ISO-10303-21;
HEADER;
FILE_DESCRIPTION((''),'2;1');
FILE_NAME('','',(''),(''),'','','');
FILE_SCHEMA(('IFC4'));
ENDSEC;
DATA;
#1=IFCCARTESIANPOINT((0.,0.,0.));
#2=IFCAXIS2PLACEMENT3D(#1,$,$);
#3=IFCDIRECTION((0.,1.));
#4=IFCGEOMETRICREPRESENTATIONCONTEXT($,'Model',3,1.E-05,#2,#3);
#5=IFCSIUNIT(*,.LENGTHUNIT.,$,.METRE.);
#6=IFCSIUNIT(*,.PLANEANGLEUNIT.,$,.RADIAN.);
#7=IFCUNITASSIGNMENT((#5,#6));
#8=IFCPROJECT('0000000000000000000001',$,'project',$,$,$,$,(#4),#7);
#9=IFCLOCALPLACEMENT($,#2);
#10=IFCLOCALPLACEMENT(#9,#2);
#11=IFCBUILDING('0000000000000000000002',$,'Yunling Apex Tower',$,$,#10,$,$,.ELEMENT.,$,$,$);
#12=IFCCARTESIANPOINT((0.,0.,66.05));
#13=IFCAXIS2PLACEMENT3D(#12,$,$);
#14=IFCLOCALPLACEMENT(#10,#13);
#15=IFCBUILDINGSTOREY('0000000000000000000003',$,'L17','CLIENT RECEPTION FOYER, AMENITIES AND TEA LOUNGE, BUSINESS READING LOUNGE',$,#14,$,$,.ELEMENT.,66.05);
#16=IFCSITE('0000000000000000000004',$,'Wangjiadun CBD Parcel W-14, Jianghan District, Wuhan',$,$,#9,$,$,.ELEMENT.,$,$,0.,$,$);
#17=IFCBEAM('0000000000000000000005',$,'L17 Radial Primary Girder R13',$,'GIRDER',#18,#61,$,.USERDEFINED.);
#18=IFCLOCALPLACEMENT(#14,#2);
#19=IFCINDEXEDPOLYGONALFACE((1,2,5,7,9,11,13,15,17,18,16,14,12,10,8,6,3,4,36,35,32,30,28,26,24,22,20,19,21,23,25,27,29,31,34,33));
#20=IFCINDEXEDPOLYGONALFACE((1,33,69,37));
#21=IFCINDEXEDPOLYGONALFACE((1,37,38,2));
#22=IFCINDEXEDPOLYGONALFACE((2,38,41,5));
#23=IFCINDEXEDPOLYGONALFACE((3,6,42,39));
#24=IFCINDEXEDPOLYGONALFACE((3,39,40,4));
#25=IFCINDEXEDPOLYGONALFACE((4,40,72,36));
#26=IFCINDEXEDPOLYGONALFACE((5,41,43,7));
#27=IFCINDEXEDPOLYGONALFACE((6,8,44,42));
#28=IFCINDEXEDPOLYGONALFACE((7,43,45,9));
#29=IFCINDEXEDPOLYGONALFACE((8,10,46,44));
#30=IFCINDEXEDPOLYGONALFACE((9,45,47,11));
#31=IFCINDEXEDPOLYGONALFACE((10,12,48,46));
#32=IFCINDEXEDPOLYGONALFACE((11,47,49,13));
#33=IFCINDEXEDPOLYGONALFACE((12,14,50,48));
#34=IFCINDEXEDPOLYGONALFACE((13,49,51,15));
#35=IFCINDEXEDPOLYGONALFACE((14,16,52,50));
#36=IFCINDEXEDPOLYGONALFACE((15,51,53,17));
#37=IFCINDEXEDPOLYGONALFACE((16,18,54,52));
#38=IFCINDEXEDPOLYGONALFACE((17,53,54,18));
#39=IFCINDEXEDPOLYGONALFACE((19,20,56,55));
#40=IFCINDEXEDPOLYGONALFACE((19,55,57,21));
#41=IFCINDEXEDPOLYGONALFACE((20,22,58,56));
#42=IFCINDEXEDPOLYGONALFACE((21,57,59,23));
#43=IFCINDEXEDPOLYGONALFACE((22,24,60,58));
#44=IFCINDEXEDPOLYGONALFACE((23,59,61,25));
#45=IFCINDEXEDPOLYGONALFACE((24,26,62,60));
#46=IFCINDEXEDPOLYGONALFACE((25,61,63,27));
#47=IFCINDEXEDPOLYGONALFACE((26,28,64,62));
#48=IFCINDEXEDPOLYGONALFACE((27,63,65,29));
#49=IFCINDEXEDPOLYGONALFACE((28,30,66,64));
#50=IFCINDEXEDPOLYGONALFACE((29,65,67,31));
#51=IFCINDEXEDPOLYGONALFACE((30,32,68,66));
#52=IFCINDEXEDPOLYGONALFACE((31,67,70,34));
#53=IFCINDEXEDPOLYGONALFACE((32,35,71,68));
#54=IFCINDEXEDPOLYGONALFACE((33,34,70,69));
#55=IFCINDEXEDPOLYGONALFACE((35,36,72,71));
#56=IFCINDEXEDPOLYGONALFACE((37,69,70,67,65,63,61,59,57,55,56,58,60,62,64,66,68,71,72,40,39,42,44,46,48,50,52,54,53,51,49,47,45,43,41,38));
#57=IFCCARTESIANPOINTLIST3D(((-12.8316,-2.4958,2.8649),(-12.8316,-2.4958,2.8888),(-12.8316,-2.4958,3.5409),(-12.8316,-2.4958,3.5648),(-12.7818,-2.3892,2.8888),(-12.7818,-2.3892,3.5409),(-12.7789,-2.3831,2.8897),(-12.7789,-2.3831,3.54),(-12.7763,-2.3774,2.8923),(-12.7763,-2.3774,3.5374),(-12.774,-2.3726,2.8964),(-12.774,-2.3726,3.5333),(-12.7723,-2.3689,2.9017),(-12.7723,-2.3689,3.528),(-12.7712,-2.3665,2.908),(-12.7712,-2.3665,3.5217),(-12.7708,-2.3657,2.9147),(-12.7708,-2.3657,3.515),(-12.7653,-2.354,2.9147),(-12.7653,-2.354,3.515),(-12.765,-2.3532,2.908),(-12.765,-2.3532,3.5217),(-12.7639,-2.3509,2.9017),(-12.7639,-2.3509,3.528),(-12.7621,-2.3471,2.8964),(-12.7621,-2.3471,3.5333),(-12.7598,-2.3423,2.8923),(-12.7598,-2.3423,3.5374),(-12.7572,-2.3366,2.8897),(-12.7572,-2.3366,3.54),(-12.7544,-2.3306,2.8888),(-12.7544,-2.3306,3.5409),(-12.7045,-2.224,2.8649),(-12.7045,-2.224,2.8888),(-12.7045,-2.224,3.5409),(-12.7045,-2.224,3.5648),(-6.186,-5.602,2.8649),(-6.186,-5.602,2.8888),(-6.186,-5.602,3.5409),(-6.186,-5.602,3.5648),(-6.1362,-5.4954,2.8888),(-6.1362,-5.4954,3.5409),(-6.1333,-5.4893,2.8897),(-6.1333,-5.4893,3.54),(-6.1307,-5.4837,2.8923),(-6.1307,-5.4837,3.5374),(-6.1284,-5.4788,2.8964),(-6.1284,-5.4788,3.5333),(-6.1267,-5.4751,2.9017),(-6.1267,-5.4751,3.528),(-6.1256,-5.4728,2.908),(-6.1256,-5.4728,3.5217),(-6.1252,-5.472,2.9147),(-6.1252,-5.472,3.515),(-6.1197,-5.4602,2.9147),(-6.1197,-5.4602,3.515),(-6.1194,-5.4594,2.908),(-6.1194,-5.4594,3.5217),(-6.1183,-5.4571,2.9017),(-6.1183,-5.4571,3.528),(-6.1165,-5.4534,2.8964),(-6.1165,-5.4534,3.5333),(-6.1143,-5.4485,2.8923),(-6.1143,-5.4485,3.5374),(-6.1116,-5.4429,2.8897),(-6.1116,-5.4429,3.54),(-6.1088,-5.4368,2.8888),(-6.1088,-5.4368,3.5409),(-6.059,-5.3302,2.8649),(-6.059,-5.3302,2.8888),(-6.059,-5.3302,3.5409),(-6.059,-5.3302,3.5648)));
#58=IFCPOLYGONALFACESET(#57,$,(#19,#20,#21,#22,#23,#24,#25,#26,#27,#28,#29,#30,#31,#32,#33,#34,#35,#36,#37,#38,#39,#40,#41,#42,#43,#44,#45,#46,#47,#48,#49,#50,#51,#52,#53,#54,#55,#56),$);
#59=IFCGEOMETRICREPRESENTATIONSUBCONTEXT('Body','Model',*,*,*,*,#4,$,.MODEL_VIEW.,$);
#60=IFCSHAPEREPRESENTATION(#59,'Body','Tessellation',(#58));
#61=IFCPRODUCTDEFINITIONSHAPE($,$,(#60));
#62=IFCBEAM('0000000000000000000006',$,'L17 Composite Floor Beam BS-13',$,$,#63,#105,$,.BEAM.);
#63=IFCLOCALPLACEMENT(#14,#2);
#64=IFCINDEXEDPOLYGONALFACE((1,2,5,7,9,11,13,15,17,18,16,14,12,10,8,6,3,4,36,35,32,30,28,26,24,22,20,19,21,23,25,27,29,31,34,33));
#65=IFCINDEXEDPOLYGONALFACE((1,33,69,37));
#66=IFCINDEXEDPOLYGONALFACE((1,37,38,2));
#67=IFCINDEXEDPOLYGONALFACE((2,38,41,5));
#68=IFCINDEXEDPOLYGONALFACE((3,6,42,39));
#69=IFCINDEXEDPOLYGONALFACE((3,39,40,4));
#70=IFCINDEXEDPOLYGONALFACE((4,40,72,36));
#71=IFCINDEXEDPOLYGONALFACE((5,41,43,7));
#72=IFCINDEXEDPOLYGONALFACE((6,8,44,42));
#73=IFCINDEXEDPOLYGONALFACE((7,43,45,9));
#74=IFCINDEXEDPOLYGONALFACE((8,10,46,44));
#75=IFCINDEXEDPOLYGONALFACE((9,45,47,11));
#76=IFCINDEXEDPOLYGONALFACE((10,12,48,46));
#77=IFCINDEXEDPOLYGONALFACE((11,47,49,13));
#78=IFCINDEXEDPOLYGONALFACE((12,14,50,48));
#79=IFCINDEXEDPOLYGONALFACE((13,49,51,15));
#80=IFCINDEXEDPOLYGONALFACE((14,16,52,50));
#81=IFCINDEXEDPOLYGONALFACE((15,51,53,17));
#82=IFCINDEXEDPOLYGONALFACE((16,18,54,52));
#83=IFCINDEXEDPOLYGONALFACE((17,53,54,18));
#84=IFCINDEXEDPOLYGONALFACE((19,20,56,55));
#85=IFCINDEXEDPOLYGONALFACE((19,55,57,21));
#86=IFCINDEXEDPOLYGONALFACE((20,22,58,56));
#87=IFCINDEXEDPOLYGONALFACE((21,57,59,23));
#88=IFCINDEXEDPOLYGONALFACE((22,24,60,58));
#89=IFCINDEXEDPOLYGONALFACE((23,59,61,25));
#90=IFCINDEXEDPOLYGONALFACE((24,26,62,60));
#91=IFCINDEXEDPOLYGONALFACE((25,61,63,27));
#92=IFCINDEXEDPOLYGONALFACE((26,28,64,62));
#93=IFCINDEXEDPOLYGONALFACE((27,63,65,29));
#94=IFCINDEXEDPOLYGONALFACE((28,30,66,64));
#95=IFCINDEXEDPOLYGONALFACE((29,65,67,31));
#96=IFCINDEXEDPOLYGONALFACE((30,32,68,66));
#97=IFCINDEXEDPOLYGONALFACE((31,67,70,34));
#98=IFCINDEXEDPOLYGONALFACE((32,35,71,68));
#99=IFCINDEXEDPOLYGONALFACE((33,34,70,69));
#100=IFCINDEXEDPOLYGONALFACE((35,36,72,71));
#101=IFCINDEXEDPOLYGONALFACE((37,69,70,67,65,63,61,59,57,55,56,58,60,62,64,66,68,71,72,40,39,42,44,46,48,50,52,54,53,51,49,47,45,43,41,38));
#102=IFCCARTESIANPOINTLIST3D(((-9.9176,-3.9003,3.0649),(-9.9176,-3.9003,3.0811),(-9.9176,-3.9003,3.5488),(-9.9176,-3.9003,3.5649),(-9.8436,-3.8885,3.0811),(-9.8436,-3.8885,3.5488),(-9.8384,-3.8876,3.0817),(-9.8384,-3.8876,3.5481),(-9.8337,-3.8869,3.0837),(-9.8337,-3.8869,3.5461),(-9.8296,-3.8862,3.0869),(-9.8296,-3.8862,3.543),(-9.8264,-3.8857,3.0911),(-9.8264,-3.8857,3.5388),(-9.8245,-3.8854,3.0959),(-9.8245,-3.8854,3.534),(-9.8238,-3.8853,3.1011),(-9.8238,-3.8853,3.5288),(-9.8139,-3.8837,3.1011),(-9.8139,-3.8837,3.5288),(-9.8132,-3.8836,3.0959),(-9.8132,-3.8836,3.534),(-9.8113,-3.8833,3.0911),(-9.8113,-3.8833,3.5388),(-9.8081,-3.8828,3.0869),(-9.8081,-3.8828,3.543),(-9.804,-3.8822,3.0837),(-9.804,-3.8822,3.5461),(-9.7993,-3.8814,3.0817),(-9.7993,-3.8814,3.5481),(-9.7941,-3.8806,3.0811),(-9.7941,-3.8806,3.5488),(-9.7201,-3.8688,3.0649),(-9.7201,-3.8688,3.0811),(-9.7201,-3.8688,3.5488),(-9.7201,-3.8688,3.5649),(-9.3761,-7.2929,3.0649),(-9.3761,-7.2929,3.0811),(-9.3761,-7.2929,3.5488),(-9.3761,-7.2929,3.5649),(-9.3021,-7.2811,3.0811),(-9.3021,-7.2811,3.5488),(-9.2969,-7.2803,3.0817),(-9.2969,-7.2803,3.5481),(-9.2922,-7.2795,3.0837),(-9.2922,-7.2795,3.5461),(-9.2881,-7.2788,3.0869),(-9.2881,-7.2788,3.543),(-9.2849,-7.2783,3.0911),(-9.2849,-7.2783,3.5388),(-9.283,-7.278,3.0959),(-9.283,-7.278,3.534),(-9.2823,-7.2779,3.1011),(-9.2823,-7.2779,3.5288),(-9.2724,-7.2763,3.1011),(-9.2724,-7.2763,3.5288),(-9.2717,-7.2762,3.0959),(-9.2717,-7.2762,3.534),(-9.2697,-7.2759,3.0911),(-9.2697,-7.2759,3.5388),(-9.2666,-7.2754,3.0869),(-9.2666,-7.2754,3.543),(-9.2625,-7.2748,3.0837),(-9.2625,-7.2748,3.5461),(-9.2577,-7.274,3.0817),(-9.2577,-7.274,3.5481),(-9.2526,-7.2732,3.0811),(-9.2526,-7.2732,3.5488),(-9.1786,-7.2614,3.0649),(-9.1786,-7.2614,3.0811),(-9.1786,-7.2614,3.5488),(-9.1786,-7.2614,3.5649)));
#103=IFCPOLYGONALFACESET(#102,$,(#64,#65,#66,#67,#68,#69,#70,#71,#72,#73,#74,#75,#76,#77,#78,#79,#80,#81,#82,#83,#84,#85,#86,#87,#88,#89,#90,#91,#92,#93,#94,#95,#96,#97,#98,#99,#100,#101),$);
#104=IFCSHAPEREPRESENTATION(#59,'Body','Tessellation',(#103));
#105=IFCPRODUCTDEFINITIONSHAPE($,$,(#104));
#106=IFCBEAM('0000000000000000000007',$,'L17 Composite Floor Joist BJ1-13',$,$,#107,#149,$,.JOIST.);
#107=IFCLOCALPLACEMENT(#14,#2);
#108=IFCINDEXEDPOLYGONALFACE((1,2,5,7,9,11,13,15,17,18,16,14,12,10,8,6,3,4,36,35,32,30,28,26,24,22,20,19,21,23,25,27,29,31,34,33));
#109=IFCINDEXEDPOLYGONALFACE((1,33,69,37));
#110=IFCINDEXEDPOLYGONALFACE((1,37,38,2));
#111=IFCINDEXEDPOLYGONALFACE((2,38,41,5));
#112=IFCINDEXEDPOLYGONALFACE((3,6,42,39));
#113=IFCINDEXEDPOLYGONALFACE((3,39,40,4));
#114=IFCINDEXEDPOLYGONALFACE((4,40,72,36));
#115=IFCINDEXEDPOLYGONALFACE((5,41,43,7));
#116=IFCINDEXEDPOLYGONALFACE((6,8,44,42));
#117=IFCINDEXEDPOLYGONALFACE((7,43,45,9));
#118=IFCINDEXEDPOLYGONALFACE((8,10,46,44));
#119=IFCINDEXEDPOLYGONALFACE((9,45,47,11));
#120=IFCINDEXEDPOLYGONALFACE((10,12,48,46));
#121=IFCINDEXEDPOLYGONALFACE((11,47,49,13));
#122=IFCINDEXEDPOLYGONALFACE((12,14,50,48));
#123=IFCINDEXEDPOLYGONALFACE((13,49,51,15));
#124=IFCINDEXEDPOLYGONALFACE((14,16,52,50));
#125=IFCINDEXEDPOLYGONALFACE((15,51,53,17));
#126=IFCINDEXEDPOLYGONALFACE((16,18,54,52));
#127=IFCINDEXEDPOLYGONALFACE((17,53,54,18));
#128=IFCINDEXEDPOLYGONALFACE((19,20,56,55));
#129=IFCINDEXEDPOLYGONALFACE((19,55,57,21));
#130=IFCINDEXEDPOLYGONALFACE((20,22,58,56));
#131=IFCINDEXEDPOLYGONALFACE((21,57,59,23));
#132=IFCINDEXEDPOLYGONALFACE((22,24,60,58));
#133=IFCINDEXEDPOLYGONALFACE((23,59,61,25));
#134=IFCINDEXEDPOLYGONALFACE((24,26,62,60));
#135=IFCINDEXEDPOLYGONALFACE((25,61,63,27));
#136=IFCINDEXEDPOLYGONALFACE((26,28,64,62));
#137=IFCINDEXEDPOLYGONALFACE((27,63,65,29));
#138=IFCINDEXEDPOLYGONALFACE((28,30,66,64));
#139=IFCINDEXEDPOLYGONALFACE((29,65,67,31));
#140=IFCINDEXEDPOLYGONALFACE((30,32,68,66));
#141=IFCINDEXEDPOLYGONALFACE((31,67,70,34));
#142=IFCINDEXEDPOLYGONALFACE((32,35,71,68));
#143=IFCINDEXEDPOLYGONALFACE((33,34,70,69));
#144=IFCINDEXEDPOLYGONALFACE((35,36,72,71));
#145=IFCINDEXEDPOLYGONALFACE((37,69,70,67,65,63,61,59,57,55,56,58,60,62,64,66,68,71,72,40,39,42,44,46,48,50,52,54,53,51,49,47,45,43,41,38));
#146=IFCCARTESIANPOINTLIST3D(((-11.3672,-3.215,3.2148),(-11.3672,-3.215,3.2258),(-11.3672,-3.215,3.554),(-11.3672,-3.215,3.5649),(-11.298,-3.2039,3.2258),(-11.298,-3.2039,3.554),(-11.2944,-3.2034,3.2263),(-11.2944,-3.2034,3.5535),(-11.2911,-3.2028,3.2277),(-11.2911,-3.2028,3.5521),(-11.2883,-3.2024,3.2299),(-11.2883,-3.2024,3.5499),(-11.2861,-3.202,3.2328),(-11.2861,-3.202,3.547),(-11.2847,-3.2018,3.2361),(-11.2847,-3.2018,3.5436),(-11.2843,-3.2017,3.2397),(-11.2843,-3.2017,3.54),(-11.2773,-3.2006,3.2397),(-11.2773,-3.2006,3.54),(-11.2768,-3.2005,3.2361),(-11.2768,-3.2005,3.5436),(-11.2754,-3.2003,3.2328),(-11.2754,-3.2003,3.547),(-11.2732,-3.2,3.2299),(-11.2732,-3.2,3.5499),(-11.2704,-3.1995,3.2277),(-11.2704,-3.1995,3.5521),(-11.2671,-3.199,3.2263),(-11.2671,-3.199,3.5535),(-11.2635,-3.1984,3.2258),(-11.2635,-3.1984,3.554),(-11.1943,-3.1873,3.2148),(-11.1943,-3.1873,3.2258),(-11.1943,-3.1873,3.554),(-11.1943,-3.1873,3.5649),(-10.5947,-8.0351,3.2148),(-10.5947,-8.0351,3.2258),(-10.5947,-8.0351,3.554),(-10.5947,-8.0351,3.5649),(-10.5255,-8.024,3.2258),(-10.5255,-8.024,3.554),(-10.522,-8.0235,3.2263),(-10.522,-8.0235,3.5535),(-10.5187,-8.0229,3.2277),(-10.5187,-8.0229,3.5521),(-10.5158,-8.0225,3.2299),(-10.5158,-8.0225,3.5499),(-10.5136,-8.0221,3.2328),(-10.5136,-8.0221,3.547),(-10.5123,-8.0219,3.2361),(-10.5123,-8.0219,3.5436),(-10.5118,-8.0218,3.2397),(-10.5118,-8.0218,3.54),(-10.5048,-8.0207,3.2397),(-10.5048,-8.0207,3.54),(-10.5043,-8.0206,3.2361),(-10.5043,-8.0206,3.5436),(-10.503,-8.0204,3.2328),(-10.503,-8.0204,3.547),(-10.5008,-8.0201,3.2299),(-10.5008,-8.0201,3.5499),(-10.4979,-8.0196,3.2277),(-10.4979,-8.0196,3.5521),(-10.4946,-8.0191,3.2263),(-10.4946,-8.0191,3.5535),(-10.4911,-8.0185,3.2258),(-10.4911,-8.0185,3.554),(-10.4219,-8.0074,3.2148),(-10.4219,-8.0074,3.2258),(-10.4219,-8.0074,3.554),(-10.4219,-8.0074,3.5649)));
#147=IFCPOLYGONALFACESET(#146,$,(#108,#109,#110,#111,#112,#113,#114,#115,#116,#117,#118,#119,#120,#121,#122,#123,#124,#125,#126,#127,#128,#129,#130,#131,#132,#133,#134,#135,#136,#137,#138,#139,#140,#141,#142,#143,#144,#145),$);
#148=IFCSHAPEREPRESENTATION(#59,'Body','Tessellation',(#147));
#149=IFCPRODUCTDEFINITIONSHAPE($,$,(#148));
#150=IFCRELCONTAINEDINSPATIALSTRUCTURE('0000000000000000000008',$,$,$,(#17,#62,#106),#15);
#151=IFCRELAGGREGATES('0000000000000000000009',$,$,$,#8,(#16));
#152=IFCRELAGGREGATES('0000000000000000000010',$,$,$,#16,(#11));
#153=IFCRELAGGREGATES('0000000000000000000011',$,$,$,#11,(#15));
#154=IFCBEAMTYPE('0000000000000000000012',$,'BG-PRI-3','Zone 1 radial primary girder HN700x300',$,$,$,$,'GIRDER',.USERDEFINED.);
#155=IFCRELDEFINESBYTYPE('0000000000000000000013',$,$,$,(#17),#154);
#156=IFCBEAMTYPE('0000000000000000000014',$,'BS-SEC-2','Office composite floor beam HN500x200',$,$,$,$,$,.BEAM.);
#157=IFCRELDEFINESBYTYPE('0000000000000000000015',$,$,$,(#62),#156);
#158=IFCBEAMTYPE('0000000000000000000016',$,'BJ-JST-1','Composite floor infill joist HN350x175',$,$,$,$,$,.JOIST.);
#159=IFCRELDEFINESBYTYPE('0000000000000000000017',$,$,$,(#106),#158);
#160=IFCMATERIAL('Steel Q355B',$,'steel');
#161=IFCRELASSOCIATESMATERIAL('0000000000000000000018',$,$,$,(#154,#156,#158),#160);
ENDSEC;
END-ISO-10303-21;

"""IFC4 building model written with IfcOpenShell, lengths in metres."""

from ifc_helpers import new_model, si_unit, direction, frame, origin, origin_2d, place, context, subcontext, project, spatial, i_section, extrude, source, transform, mapped, material, material_profile, profile_set, type_object, element, save


model = new_model("IFC4")

# Units and contexts
model_context = context("Model", 3, precision=1e-05, world=origin(), true_north=direction((0.0, 1.0)))
body_context = subcontext(model_context, "Body", "Model", "MODEL_VIEW")
ifc_project = project(units=[si_unit("LENGTHUNIT", "METRE"), si_unit("PLANEANGLEUNIT", "RADIAN")], contexts=[model_context])

# Site, building, storey
site_placement = place(None, origin())
site = spatial("IfcSite", under=ifc_project, at=site_placement, Name="Wangjiadun CBD Parcel W-14, Jianghan District, Wuhan", CompositionType="ELEMENT", RefElevation=0.0)
building_placement = place(site_placement, origin())
building = spatial("IfcBuilding", under=site, at=building_placement, Name="Yunling Apex Tower", CompositionType="ELEMENT")
storey_placement = place(building_placement, frame((0.0, 0.0, 66.05)))
storey = spatial("IfcBuildingStorey", under=building, at=storey_placement, Name="L17", Description="CLIENT RECEPTION FOYER, AMENITIES AND TEA LOUNGE, BUSINESS READING LOUNGE", CompositionType="ELEMENT", Elevation=66.05)

# Beams
ifc_material_1 = material(Name="Steel Q355B", Category="steel")
ifc_material_profile_1 = material_profile(ifc_material_1, i_section(OverallWidth=0.3, OverallDepth=0.7, WebThickness=0.0129, FlangeThickness=0.0239, FilletRadius=0.0259, at=origin_2d()))
ifc_profile_set_1 = profile_set([ifc_material_profile_1], Name="Steel Q355B")
beam_type_1 = type_object("IfcBeamType", Name="BG-PRI-3", Description="Zone 1 radial primary girder HN700x300", ElementType="GIRDER", PredefinedType="USERDEFINED", material=ifc_profile_set_1)
shared_shape_1 = source(origin(), body_context, "Body", "SweptSolid", [
    extrude(i_section(OverallWidth=0.3, OverallDepth=0.7, WebThickness=0.0129, FlangeThickness=0.0239, FilletRadius=0.0259, at=origin_2d()), origin(), (0.0, 0.0, 1.0), 7.3357),
])
beam_1_placement = place(storey_placement, frame((-12.7681, -2.3599, 3.2148), z_axis=(0.905924, -0.423441, 0.0), x_axis=(0.423441, 0.905924, 0.0)))
element("IfcBeam", 1, at=beam_1_placement, inside=storey, type_object=beam_type_1, Name="L17 Radial Primary Girder R13", ObjectType="GIRDER", PredefinedType="USERDEFINED", context=body_context, shape_type="MappedRepresentation", body=[
    mapped(shared_shape_1, transform((0.0, 0.0, 0.0), scale=1.0)),
])
ifc_material_profile_2 = material_profile(ifc_material_1, i_section(OverallWidth=0.2, OverallDepth=0.5, WebThickness=0.01, FlangeThickness=0.0161, FilletRadius=0.02, at=origin_2d()))
ifc_profile_set_2 = profile_set([ifc_material_profile_2], Name="Steel Q355B")
beam_type_2 = type_object("IfcBeamType", Name="BS-SEC-2", Description="Office composite floor beam HN500x200", PredefinedType="BEAM", material=ifc_profile_set_2)
shared_shape_2 = source(origin(), body_context, "Body", "SweptSolid", [
    extrude(i_section(OverallWidth=0.2, OverallDepth=0.5, WebThickness=0.01, FlangeThickness=0.0161, FilletRadius=0.02, at=origin_2d()), origin(), (0.0, 0.0, 1.0), 3.4355),
])
beam_2_placement = place(storey_placement, frame((-9.8188, -3.8845, 3.3149), z_axis=(0.157619, -0.9875, 0.0), x_axis=(0.9875, 0.157619, 0.0)))
element("IfcBeam", 2, at=beam_2_placement, inside=storey, type_object=beam_type_2, Name="L17 Composite Floor Beam BS-13", PredefinedType="BEAM", context=body_context, shape_type="MappedRepresentation", body=[
    mapped(shared_shape_2, transform((0.0, 0.0, 0.0), scale=1.0)),
])
ifc_material_profile_3 = material_profile(ifc_material_1, i_section(OverallWidth=0.175, OverallDepth=0.3501, WebThickness=0.0071, FlangeThickness=0.011, FilletRadius=0.0139, at=origin_2d()))
ifc_profile_set_3 = profile_set([ifc_material_profile_3], Name="Steel Q355B")
beam_type_3 = type_object("IfcBeamType", Name="BJ-JST-1", Description="Composite floor infill joist HN350x175", PredefinedType="JOIST", material=ifc_profile_set_3)
shared_shape_3 = source(origin(), body_context, "Body", "SweptSolid", [
    extrude(i_section(OverallWidth=0.175, OverallDepth=0.3501, WebThickness=0.0071, FlangeThickness=0.011, FilletRadius=0.0139, at=origin_2d()), origin(), (0.0, 0.0, 1.0), 4.8816),
])
beam_3_placement = place(storey_placement, frame((-11.2808, -3.2012, 3.3899), z_axis=(0.15824, -0.987401, 0.0), x_axis=(0.987401, 0.15824, 0.0)))
element("IfcBeam", 3, at=beam_3_placement, inside=storey, type_object=beam_type_3, Name="L17 Composite Floor Joist BJ1-13", PredefinedType="JOIST", context=body_context, shape_type="MappedRepresentation", body=[
    mapped(shared_shape_3, transform((0.0, 0.0, 0.0), scale=1.0)),
])

save(model, "model.ifc")
